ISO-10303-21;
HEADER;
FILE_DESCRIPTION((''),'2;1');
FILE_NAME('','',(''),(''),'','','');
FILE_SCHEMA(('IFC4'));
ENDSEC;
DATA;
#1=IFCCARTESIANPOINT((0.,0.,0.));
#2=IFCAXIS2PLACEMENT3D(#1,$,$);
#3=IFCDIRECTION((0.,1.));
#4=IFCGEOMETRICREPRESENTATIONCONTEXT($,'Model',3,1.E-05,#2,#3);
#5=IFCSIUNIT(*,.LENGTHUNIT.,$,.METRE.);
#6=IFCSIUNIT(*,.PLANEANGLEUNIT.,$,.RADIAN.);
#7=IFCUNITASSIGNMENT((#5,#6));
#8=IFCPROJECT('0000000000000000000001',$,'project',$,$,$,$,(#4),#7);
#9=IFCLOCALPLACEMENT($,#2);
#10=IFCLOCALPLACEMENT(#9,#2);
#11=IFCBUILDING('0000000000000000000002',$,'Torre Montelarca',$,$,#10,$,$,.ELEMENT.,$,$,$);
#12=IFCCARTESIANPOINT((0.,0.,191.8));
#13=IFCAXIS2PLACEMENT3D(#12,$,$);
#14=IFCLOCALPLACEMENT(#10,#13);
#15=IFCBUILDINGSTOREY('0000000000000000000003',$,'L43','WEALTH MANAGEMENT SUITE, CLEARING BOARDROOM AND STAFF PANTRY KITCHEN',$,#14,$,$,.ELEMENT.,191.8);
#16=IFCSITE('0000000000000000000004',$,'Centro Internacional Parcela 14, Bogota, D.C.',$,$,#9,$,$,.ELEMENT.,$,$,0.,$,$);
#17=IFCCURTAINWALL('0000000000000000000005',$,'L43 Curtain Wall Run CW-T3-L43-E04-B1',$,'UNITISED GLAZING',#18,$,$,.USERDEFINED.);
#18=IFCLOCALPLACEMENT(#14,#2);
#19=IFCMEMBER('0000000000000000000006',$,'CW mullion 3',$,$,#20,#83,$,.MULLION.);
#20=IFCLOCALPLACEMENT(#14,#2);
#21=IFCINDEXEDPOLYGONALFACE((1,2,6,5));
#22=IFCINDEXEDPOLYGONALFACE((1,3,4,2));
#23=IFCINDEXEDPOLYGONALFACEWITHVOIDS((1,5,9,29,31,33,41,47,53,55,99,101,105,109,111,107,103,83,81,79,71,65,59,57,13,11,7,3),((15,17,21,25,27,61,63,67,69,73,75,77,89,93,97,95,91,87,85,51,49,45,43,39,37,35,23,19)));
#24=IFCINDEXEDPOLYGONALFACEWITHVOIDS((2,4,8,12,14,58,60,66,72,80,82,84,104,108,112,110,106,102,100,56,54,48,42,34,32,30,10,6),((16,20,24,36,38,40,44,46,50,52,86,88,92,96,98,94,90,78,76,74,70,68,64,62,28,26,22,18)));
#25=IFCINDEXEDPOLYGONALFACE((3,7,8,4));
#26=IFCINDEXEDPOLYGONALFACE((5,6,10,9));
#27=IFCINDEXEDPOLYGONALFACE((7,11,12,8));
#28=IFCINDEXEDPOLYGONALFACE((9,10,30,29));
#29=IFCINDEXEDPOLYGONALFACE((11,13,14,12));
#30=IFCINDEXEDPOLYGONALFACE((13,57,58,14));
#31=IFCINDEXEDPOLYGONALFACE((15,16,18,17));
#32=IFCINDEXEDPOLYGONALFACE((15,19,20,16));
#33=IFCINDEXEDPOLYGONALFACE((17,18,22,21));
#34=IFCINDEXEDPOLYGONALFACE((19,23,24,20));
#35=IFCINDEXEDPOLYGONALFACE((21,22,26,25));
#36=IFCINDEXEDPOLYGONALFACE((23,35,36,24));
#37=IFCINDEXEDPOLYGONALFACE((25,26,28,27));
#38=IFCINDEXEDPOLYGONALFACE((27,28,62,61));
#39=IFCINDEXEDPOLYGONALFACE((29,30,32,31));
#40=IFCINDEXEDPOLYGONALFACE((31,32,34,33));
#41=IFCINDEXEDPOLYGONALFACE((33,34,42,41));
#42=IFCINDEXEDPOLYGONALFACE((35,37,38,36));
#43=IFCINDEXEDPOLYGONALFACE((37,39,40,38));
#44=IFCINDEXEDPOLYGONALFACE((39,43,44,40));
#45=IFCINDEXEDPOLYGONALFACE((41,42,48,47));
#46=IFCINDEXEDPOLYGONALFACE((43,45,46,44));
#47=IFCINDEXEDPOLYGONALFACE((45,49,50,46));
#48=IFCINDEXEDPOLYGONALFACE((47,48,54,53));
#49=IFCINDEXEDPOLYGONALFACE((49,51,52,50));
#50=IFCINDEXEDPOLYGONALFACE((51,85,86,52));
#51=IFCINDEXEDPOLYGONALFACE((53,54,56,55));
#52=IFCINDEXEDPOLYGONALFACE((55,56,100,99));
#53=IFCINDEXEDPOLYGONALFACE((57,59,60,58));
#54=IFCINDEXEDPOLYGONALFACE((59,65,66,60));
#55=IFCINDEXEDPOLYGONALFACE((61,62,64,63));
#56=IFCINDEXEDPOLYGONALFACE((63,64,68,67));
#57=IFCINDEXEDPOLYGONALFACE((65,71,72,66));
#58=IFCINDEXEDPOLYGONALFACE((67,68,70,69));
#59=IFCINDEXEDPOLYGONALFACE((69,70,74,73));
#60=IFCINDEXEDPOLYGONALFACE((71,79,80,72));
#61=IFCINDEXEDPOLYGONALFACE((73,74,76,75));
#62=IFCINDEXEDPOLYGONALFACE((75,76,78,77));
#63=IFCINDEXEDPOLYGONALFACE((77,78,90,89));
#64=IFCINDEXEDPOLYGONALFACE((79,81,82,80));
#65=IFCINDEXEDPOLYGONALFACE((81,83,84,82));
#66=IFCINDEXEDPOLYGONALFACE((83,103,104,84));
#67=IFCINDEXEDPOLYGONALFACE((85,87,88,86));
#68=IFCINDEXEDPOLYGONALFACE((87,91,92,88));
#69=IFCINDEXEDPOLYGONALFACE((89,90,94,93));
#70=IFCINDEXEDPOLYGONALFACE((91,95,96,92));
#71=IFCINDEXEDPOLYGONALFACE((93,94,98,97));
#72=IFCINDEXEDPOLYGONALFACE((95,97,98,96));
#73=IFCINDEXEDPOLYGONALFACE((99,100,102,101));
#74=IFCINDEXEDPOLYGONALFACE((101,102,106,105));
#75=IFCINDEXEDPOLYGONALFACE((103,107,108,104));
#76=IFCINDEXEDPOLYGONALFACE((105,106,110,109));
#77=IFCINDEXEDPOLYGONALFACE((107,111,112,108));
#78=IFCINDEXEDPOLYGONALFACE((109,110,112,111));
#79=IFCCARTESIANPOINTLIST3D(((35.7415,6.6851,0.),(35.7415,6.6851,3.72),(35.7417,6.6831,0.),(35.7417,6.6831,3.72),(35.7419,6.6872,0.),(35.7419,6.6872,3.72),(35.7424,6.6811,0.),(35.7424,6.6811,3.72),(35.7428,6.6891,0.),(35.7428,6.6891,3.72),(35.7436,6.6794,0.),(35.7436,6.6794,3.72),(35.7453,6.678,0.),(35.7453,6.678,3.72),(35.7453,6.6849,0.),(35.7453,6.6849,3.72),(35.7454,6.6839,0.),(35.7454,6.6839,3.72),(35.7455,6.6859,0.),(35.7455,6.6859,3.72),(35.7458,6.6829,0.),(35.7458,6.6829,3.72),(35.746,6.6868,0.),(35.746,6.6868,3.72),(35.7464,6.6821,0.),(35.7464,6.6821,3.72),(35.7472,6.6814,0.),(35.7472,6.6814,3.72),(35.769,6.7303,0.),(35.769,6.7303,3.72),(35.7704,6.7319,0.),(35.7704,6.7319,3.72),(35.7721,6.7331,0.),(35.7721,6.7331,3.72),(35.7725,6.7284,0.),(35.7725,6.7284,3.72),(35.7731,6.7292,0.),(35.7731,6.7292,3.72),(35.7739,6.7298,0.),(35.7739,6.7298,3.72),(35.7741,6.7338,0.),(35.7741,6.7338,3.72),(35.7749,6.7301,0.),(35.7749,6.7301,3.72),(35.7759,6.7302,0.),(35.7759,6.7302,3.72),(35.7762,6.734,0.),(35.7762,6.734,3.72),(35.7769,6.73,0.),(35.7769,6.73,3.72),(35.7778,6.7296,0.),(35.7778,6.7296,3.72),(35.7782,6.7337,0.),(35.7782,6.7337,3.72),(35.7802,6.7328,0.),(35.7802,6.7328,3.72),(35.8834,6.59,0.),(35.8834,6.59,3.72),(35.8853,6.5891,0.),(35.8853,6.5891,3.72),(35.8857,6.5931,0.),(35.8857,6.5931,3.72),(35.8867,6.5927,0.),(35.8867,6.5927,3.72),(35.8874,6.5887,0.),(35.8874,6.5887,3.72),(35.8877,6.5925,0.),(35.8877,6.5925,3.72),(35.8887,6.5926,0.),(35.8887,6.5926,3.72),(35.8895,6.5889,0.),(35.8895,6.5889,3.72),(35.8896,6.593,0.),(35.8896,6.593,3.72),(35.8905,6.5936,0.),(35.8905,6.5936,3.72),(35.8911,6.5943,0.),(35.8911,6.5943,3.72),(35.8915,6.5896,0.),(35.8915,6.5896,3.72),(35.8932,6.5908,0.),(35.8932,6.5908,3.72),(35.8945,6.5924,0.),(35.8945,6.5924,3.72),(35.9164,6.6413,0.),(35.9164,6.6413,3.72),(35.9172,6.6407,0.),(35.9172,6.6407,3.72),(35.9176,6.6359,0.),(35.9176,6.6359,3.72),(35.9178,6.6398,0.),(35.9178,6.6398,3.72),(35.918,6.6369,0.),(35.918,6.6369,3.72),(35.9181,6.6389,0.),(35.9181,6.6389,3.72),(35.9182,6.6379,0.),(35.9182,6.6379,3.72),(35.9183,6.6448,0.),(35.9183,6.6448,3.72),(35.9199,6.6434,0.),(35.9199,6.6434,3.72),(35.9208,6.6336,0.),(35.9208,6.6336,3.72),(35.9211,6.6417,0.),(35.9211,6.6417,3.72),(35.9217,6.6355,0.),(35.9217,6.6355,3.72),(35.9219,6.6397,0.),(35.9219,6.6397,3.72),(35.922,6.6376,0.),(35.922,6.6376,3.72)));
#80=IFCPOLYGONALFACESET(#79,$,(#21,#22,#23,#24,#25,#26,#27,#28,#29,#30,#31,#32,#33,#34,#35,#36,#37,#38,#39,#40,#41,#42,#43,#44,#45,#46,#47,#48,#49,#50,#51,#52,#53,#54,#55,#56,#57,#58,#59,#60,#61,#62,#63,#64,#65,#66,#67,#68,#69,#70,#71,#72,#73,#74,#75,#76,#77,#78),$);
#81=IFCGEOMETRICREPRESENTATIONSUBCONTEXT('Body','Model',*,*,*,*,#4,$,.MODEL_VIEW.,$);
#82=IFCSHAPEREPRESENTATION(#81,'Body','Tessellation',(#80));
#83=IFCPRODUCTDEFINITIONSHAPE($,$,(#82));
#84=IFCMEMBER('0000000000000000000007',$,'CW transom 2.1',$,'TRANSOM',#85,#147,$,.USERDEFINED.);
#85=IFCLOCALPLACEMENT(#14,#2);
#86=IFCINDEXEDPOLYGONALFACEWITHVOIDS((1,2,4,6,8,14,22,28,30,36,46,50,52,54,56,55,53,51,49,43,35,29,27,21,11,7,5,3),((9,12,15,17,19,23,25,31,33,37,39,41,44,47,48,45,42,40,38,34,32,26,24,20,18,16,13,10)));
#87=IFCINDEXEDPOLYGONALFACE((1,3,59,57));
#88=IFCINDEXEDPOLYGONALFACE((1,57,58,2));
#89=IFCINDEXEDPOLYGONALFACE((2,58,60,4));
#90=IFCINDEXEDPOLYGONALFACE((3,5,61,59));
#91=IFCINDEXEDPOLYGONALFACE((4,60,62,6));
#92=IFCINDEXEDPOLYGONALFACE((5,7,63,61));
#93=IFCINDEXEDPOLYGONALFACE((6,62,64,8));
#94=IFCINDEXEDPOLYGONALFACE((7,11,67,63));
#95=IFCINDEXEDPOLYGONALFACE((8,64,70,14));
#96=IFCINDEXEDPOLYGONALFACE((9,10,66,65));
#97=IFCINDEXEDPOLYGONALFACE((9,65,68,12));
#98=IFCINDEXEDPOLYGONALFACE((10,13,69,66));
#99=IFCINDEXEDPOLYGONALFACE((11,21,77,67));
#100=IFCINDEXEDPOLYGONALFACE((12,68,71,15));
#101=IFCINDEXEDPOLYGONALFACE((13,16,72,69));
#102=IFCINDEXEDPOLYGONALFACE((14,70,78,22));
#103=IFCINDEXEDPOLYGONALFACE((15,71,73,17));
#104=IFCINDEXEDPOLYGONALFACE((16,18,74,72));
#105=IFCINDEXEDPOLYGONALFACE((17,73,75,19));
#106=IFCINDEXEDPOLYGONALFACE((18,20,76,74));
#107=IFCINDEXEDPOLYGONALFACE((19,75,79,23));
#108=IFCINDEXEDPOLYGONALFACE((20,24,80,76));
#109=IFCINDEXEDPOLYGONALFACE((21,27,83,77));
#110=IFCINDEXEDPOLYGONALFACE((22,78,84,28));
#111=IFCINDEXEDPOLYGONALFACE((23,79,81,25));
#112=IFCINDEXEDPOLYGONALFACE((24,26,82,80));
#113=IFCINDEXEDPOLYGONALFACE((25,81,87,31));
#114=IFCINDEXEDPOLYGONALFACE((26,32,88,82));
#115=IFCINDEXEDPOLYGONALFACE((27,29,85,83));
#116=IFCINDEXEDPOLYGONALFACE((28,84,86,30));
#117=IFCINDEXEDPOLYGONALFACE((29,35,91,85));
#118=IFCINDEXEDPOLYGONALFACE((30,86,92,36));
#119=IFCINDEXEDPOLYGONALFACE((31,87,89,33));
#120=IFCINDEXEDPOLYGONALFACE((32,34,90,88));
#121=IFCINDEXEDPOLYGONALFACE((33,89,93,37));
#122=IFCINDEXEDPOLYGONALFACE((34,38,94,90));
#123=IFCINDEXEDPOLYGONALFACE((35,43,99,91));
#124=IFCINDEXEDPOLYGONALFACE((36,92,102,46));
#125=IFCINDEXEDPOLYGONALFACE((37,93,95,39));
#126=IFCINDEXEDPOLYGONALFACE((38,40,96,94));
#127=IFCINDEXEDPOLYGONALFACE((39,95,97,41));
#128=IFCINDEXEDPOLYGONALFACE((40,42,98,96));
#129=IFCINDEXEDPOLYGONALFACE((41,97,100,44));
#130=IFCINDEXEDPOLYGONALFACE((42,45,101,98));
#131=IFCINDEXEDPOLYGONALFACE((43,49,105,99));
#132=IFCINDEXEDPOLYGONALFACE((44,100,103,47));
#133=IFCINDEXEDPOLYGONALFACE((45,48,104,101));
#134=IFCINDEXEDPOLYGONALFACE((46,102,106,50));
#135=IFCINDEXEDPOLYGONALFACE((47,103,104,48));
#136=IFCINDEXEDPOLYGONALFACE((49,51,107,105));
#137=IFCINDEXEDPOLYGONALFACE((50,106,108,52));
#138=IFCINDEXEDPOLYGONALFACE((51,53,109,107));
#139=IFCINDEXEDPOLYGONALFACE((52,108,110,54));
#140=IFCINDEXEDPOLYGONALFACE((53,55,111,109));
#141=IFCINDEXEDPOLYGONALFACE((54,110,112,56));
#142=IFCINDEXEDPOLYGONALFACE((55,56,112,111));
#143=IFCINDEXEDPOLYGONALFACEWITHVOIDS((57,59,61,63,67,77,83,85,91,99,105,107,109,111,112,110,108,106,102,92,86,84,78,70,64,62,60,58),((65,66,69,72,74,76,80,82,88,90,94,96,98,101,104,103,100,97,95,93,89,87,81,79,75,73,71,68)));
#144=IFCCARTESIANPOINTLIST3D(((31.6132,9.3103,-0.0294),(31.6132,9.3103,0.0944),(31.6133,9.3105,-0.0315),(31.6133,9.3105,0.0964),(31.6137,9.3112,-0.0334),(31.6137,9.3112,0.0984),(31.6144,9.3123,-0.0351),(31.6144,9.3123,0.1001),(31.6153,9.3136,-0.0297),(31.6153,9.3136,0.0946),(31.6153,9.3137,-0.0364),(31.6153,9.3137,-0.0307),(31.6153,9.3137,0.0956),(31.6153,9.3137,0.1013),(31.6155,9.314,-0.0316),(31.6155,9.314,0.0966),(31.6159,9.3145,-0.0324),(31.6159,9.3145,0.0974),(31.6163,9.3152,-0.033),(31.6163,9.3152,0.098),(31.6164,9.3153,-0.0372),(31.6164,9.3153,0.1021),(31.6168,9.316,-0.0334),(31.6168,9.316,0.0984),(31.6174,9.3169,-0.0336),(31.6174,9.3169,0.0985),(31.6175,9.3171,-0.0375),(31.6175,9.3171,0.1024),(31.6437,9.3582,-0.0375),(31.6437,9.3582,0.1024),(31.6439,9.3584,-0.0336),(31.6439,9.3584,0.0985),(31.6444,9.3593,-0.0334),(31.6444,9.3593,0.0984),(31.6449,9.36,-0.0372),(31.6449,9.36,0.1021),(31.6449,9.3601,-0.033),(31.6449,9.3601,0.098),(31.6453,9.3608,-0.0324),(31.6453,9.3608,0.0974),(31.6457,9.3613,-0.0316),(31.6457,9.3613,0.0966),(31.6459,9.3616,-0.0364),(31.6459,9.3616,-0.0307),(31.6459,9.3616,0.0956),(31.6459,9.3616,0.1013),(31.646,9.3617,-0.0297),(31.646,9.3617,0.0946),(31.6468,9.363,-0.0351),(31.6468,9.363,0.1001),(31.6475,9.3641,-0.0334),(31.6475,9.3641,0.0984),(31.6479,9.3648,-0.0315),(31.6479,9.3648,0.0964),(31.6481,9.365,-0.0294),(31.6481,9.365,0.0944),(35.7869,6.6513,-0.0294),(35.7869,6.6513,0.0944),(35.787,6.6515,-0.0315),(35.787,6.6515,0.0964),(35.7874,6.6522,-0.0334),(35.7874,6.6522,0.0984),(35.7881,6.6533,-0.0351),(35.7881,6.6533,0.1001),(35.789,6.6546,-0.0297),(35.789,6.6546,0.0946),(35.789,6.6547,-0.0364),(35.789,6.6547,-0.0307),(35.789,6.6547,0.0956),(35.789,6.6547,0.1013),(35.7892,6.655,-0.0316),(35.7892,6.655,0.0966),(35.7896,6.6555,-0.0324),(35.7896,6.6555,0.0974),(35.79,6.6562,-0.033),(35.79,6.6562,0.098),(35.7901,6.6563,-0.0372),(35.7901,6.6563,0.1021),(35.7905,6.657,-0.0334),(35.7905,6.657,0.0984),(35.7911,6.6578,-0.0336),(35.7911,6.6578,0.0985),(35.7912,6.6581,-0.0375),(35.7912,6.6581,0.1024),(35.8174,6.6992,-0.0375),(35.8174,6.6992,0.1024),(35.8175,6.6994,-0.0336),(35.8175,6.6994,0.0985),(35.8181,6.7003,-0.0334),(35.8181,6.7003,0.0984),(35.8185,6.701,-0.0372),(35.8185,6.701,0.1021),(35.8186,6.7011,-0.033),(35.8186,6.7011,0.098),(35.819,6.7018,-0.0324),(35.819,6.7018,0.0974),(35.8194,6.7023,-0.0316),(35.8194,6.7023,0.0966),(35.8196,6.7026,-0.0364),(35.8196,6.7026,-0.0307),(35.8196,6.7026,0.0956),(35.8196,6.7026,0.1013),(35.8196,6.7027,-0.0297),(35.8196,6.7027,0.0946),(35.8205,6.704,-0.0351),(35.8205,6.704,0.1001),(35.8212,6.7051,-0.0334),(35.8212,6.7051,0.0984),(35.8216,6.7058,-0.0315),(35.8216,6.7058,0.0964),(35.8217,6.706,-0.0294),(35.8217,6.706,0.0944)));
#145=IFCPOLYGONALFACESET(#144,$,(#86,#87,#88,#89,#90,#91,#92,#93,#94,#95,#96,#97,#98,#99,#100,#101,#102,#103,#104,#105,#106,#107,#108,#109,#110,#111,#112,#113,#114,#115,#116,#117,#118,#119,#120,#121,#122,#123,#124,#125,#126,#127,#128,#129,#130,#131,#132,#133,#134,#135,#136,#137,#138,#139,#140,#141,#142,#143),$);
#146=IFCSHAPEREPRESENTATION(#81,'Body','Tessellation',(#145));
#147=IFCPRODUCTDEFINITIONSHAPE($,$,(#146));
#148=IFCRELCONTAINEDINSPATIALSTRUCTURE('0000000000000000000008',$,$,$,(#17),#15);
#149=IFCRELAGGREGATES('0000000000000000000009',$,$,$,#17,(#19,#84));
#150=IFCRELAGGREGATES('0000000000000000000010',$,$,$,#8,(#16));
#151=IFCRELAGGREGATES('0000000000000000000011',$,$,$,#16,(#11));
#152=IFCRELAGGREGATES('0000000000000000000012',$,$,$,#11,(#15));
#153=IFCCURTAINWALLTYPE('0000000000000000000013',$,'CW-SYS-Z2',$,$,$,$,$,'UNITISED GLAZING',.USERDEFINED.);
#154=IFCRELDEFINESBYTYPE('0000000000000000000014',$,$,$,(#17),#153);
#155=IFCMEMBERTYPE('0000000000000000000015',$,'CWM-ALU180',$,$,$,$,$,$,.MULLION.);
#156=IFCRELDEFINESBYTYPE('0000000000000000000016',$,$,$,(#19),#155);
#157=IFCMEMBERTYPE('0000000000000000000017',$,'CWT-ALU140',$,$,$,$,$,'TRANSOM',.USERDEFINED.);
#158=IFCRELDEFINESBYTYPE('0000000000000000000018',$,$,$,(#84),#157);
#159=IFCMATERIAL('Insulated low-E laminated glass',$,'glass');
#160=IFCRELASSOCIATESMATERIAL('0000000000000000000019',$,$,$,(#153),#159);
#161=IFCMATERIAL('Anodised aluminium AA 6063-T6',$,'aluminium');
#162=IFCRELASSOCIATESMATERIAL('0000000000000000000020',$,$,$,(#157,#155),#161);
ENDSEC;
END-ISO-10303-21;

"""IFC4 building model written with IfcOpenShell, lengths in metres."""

from ifc_helpers import new_model, si_unit, direction, frame, origin, origin_2d, place, context, subcontext, project, spatial, hollow_rectangle, extrude, source, transform, mapped, material, material_profile, profile_set, type_object, element, aggregate, save


model = new_model("IFC4")

# Units and contexts
model_context = context("Model", 3, precision=1e-05, world=origin(), true_north=direction((0.0, 1.0)))
body_context = subcontext(model_context, "Body", "Model", "MODEL_VIEW")
ifc_project = project(units=[si_unit("LENGTHUNIT", "METRE"), si_unit("PLANEANGLEUNIT", "RADIAN")], contexts=[model_context])

# Site, building, storey
site_placement = place(None, origin())
site = spatial("IfcSite", under=ifc_project, at=site_placement, Name="Centro Internacional Parcela 14, Bogota, D.C.", CompositionType="ELEMENT", RefElevation=0.0)
building_placement = place(site_placement, origin())
building = spatial("IfcBuilding", under=site, at=building_placement, Name="Torre Montelarca", CompositionType="ELEMENT")
storey_placement = place(building_placement, frame((0.0, 0.0, 191.8)))
storey = spatial("IfcBuildingStorey", under=building, at=storey_placement, Name="L43", Description="WEALTH MANAGEMENT SUITE, CLEARING BOARDROOM AND STAFF PANTRY KITCHEN", CompositionType="ELEMENT", Elevation=191.8)

# Shared definitions
ifc_material_1 = material(Name="Insulated low-E laminated glass", Category="glass")
curtain_wall_type = type_object("IfcCurtainWallType", Name="CW-SYS-Z2", ElementType="UNITISED GLAZING", PredefinedType="USERDEFINED", material=ifc_material_1)
ifc_material_2 = material(Name="Anodised aluminium AA 6063-T6", Category="aluminium")
ifc_material_profile_1 = material_profile(ifc_material_2, hollow_rectangle(XDim=0.0649, YDim=0.1399, WallThickness=0.0039, InnerFilletRadius=0.0039, OuterFilletRadius=0.0081, at=origin_2d()), Name="ALU65X140X4", Category="aluminium")
ifc_profile_set_1 = profile_set([ifc_material_profile_1], Name="Anodised aluminium AA 6063-T6")
member_type_1 = type_object("IfcMemberType", Name="CWT-ALU140", ElementType="TRANSOM", PredefinedType="USERDEFINED", material=ifc_profile_set_1)

# Shared definitions
ifc_material_profile_2 = material_profile(ifc_material_2, hollow_rectangle(XDim=0.0649, YDim=0.1799, WallThickness=0.0039, InnerFilletRadius=0.0039, OuterFilletRadius=0.0081, at=origin_2d()), Name="ALU65X180X4", Category="aluminium")
ifc_profile_set_2 = profile_set([ifc_material_profile_2], Name="Anodised aluminium AA 6063-T6")
member_type_2 = type_object("IfcMemberType", Name="CWM-ALU180", PredefinedType="MULLION", material=ifc_profile_set_2)
shared_shape_1 = source(origin(), body_context, "Body", "SweptSolid", [
    extrude(hollow_rectangle(XDim=0.0649, YDim=0.1799, WallThickness=0.0039, InnerFilletRadius=0.0039, OuterFilletRadius=0.0081, at=origin_2d()), origin(), (0.0, 0.0, 1.0), 3.72),
])

# Curtain wall, members
curtain_wall_1_placement = place(storey_placement, origin())
curtain_wall_1 = element("IfcCurtainWall", 1, at=curtain_wall_1_placement, inside=storey, type_object=curtain_wall_type, Name="L43 Curtain Wall Run CW-T3-L43-E04-B1", ObjectType="UNITISED GLAZING", PredefinedType="USERDEFINED")
member_1_placement = place(storey_placement, frame((35.8318, 6.6614, 0.0), z_axis=(0.0, 0.0, 1.0), x_axis=(0.53731, 0.843385, 0.0)))
member_1 = element("IfcMember", 2, at=member_1_placement, type_object=member_type_2, Name="CW mullion 3", PredefinedType="MULLION", context=body_context, shape_type="MappedRepresentation", body=[
    mapped(shared_shape_1, transform((0.0, 0.0, 0.0), scale=1.0)),
])
shared_shape_2 = source(origin(), body_context, "Body", "SweptSolid", [
    extrude(hollow_rectangle(XDim=0.0649, YDim=0.1399, WallThickness=0.0039, InnerFilletRadius=0.0039, OuterFilletRadius=0.0081, at=origin_2d()), origin(), (0.0, 0.0, 1.0), 4.9487),
])
member_2_placement = place(storey_placement, frame((31.6306, 9.3376, 0.0325), z_axis=(0.843385, -0.53731, 0.0), x_axis=(0.53731, 0.843385, 0.0)))
member_2 = element("IfcMember", 3, at=member_2_placement, type_object=member_type_1, Name="CW transom 2.1", ObjectType="TRANSOM", PredefinedType="USERDEFINED", context=body_context, shape_type="MappedRepresentation", body=[
    mapped(shared_shape_2, transform((0.0, 0.0, 0.0), scale=1.0)),
])

aggregate(curtain_wall_1, [member_1, member_2])

save(model, "model.ifc")
